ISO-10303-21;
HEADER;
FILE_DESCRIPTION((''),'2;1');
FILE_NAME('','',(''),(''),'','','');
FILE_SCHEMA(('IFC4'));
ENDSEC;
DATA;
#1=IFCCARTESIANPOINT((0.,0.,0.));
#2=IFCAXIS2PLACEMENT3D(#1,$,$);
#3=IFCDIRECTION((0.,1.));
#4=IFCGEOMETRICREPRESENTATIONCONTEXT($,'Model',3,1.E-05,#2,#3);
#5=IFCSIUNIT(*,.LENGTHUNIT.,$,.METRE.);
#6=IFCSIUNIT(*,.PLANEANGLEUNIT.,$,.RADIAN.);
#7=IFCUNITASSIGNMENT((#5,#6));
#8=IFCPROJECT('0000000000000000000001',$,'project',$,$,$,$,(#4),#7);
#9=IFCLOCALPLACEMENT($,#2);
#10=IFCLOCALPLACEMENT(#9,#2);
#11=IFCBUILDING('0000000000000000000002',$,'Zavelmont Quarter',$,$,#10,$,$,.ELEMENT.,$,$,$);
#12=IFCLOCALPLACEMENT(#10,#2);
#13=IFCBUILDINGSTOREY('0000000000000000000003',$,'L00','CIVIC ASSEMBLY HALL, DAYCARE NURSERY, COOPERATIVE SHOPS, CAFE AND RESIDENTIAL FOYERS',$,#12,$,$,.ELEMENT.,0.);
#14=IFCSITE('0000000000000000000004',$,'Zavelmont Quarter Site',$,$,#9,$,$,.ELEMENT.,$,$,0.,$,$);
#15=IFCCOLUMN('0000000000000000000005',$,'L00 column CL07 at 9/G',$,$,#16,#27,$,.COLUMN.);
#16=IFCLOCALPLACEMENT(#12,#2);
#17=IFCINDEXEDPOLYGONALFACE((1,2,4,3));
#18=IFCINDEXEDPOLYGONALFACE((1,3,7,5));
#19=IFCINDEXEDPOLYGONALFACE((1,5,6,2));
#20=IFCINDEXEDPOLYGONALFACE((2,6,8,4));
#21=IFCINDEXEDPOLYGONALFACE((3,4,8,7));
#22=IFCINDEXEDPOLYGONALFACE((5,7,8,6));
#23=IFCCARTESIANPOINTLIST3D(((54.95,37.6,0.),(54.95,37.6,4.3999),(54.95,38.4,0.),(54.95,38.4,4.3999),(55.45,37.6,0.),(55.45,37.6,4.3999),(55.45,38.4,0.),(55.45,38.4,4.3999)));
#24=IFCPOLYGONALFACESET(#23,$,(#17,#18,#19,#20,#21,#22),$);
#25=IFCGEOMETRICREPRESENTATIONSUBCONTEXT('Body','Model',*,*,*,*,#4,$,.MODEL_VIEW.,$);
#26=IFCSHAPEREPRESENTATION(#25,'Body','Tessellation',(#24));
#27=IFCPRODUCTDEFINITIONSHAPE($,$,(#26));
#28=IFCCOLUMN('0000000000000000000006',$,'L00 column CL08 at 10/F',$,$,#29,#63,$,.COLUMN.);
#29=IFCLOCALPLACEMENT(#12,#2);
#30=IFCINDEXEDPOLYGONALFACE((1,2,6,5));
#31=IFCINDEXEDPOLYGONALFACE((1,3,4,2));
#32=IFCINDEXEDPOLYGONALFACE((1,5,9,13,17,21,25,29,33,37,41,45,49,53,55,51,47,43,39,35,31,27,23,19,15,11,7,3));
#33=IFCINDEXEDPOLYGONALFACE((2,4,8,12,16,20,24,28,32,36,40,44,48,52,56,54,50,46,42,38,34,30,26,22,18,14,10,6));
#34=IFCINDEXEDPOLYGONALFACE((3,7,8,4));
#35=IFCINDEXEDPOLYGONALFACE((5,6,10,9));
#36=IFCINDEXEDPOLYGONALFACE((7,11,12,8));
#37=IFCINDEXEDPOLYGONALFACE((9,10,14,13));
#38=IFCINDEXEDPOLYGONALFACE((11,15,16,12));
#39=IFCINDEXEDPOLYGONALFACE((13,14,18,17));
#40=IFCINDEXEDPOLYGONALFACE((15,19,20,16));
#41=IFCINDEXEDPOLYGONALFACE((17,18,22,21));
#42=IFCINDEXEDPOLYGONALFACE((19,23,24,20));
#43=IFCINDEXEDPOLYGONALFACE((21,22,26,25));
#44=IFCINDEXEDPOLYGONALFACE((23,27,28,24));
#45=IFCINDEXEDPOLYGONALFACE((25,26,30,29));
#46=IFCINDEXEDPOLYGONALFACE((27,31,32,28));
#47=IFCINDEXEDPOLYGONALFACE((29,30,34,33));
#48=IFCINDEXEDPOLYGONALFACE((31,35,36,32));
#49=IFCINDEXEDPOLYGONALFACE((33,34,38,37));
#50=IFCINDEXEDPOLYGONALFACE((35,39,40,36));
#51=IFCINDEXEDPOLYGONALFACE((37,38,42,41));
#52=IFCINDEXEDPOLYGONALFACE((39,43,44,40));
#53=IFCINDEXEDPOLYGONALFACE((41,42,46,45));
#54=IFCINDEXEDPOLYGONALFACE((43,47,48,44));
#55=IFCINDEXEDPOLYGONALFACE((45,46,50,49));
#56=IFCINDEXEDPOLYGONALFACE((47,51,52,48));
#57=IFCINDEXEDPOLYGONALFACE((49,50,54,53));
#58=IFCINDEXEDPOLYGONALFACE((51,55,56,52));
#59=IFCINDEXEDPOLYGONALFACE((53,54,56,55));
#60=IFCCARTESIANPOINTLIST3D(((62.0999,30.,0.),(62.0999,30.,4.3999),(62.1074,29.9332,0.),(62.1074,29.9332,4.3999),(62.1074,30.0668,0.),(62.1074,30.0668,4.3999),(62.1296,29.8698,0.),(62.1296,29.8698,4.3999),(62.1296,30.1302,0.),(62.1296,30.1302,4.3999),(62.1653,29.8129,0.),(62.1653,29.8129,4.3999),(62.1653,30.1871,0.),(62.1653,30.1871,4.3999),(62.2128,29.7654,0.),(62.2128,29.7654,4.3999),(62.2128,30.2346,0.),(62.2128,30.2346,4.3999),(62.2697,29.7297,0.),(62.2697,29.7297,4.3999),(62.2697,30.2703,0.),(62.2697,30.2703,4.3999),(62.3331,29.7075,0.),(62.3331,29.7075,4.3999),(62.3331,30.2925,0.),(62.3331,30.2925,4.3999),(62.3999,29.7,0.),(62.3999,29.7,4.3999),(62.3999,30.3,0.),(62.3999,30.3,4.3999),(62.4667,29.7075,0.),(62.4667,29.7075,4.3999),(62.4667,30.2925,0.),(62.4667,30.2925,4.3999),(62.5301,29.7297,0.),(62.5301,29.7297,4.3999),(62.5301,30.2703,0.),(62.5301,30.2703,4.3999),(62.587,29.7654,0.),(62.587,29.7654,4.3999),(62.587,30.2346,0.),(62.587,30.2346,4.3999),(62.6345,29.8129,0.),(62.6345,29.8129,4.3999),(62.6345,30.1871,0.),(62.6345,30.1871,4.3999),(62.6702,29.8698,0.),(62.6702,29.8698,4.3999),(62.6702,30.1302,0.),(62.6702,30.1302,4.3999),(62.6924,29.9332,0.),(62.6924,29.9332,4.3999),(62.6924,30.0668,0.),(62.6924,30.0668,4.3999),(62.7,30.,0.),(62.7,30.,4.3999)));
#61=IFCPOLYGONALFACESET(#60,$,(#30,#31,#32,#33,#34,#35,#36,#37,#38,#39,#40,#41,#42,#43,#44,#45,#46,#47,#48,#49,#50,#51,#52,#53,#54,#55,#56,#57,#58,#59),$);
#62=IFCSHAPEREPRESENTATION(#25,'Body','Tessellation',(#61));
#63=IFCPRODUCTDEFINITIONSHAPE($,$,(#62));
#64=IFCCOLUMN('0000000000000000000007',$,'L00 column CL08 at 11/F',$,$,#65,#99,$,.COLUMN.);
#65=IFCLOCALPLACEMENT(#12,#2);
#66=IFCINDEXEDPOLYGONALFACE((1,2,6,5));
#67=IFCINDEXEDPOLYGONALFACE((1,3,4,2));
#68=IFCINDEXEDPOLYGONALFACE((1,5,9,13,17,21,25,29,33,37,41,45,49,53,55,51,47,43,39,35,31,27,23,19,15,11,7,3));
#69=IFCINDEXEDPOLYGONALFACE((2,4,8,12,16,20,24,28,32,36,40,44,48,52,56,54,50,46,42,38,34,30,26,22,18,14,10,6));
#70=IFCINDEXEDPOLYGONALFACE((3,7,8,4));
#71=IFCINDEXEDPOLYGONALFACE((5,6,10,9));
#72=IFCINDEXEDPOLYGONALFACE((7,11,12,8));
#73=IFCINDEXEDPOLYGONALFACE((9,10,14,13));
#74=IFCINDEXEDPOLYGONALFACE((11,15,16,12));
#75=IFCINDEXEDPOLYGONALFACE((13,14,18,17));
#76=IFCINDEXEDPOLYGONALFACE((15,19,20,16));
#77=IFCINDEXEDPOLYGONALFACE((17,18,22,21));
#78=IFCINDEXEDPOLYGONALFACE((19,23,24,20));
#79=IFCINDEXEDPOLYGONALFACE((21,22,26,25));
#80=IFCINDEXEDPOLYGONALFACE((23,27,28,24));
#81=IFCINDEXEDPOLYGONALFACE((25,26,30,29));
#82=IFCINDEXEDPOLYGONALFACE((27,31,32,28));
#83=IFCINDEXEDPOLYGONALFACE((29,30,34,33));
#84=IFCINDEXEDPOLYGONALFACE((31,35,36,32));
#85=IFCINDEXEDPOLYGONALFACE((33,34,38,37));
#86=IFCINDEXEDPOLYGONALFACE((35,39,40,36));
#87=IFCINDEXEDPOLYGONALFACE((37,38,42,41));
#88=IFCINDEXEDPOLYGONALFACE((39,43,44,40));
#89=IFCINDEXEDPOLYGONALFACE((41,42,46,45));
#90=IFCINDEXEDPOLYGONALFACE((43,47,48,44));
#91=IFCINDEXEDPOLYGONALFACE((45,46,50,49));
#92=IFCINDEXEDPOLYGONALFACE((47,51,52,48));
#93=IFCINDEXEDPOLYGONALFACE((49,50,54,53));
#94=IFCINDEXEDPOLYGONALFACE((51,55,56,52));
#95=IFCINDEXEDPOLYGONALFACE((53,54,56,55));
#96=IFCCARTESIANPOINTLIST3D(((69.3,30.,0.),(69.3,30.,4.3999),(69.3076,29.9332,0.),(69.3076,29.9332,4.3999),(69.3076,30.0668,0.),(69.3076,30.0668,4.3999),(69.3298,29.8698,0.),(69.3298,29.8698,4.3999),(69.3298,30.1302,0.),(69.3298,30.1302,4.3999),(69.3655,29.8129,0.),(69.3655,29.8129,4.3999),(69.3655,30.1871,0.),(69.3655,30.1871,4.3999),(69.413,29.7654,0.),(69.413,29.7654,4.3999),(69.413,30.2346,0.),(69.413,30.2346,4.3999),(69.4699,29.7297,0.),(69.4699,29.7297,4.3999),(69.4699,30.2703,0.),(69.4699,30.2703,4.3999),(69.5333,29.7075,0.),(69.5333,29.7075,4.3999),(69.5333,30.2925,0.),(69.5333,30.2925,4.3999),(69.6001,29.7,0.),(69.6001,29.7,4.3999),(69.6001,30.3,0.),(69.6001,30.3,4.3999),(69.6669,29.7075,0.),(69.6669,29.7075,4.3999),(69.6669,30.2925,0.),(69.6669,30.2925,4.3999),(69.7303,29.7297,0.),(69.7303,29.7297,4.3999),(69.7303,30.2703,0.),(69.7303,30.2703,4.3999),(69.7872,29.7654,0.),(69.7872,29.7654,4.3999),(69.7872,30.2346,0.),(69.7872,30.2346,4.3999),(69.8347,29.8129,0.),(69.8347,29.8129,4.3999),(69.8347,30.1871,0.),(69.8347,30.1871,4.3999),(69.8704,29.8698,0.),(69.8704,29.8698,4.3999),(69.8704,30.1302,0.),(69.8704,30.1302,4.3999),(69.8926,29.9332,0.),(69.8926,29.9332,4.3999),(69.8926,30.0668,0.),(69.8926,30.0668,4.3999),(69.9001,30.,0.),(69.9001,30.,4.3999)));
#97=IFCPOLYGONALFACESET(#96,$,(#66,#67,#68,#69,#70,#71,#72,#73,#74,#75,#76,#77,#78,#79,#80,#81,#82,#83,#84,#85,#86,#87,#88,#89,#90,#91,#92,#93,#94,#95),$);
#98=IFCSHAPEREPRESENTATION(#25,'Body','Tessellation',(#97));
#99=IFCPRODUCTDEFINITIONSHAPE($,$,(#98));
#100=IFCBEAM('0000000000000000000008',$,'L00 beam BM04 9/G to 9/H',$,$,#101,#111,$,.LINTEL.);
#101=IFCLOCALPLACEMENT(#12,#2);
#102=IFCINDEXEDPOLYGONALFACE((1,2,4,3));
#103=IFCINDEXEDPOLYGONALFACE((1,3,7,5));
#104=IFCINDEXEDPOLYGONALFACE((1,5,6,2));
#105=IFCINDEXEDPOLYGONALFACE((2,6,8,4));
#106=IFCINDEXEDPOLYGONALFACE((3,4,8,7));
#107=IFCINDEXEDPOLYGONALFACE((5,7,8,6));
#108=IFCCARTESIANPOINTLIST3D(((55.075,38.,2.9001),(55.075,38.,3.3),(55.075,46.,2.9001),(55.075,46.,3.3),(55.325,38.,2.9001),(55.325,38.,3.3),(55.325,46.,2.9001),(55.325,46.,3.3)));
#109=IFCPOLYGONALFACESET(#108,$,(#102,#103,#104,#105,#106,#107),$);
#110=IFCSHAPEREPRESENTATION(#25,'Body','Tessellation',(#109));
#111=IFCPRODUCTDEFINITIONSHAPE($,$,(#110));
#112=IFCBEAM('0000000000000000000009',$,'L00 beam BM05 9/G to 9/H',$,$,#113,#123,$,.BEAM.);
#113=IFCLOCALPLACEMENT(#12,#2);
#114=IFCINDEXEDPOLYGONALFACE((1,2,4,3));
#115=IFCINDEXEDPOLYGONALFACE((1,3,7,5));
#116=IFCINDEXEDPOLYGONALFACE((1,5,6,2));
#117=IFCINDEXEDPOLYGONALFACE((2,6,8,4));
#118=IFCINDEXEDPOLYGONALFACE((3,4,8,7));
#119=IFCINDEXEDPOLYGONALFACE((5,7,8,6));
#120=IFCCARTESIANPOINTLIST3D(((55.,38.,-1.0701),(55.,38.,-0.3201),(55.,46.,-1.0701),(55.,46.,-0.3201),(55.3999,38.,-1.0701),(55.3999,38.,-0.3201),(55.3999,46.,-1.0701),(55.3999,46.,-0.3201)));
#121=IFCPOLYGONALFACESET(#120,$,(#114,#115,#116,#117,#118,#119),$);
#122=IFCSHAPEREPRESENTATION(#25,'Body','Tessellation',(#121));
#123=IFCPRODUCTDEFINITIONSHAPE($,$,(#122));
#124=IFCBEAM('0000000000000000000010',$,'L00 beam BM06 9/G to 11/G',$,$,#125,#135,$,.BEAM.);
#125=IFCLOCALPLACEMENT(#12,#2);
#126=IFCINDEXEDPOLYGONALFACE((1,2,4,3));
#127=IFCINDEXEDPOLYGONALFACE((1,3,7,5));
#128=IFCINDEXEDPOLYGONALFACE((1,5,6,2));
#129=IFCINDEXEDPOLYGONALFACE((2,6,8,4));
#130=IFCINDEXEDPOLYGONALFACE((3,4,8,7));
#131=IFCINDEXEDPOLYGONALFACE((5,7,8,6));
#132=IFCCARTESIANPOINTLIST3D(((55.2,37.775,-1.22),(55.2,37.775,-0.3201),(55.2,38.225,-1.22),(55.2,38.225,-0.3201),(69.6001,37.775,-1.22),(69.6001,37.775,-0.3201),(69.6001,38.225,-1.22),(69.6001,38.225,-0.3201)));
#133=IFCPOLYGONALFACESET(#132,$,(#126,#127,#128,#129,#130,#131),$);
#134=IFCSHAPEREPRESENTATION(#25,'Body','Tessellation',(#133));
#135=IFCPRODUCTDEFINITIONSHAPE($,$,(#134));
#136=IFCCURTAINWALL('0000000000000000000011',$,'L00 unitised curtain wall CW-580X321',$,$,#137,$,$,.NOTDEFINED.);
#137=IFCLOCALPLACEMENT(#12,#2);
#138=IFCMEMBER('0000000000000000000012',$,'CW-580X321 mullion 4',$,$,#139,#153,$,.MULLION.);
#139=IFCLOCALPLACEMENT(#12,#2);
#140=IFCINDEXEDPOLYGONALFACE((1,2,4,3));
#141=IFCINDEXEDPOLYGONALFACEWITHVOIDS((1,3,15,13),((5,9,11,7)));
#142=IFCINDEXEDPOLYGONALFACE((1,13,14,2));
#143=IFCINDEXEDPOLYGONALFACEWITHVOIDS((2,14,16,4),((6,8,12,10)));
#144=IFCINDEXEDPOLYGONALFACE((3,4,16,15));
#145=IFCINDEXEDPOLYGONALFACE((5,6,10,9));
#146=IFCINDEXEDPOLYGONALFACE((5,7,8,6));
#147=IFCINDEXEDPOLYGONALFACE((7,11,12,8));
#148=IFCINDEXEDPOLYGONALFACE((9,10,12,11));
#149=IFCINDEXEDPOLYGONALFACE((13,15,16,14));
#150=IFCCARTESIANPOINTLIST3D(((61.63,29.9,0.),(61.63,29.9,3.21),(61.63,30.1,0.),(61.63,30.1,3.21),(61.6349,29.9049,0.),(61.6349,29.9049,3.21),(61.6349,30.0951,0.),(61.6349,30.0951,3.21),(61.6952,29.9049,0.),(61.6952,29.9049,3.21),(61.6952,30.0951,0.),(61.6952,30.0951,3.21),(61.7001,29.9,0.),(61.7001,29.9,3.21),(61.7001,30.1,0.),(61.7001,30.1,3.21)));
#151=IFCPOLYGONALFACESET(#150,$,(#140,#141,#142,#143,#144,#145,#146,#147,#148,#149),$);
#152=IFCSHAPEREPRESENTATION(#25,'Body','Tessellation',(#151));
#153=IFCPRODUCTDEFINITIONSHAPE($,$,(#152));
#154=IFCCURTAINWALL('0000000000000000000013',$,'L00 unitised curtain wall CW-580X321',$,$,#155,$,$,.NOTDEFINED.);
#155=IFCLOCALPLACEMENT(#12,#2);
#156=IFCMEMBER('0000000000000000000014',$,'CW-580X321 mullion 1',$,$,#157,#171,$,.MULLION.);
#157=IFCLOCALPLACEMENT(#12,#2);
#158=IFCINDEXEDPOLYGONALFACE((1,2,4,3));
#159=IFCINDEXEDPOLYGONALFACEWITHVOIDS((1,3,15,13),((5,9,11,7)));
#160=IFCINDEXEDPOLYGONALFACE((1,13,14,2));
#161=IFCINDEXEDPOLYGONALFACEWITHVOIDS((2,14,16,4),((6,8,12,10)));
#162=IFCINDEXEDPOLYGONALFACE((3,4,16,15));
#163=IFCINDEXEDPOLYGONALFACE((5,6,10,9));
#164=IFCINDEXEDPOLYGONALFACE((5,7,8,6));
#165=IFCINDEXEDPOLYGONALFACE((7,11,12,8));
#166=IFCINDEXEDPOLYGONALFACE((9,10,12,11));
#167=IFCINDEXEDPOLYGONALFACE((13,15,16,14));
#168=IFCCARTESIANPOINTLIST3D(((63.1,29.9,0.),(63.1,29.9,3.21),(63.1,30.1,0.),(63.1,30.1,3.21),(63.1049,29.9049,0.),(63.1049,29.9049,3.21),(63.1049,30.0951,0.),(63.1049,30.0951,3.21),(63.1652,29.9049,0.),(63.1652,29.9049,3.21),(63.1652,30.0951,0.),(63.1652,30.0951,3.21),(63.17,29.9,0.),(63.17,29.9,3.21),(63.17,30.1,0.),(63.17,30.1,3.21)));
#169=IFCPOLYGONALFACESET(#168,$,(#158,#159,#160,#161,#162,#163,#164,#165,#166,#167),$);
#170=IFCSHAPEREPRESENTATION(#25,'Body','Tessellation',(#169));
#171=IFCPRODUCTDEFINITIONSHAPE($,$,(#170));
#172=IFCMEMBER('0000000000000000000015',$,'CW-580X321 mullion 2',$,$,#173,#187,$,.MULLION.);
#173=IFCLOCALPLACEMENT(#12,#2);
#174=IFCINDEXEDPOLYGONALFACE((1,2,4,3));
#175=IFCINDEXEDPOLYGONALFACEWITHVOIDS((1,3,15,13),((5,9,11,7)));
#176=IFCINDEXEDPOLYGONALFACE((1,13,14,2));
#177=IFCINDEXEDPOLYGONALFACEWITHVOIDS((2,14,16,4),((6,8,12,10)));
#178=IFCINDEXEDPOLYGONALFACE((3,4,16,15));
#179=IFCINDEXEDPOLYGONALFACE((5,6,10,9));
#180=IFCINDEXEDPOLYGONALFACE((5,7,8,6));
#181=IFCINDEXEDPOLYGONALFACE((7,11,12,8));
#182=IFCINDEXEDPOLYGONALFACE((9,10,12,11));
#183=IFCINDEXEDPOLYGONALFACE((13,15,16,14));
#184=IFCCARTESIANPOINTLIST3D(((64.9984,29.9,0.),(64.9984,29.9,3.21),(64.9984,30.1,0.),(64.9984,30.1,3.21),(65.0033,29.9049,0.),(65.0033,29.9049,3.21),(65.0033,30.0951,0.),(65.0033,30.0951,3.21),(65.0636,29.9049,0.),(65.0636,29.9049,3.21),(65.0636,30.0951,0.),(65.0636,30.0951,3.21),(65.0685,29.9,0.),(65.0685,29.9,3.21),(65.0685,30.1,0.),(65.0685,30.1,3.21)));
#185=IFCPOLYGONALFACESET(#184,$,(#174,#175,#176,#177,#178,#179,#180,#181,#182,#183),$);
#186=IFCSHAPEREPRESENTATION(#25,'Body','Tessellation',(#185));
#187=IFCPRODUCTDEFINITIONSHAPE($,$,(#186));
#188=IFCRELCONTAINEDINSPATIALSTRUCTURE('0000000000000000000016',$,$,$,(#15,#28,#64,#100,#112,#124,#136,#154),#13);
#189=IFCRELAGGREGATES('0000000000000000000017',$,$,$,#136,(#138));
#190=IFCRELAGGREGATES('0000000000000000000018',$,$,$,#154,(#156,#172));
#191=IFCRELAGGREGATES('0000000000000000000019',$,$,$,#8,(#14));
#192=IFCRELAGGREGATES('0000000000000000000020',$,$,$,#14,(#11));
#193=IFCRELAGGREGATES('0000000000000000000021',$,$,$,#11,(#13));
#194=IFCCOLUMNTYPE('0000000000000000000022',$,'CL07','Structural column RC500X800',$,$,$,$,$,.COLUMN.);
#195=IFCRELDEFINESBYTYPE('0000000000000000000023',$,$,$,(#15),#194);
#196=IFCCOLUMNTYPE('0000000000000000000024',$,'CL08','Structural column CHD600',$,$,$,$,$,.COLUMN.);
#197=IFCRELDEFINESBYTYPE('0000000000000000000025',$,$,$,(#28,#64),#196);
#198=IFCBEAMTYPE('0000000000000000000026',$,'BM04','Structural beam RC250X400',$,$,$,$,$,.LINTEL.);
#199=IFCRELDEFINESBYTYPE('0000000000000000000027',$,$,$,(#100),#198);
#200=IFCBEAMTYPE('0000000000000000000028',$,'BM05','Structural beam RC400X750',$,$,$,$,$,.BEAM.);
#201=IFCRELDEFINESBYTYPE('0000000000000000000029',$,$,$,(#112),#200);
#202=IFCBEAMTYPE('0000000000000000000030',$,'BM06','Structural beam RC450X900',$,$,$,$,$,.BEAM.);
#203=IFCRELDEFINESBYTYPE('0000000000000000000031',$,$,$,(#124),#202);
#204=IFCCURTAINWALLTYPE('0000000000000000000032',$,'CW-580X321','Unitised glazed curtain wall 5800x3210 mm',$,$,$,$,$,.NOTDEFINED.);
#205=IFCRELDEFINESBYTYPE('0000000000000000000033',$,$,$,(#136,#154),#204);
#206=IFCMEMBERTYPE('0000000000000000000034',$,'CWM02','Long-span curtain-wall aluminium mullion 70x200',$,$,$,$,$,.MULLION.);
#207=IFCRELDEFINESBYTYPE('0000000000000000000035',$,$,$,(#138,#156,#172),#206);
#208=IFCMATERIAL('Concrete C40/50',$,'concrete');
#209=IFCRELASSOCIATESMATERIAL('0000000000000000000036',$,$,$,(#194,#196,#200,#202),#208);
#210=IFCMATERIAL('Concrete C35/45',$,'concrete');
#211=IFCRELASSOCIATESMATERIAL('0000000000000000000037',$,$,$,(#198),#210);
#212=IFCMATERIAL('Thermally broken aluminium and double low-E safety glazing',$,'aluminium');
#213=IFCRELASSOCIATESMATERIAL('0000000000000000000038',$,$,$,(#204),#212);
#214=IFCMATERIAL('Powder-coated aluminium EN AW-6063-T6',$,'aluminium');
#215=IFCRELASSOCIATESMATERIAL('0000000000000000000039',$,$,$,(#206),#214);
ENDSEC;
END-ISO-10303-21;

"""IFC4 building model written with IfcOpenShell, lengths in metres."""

from ifc_helpers import new_model, si_unit, direction, frame, origin, origin_2d, place, context, subcontext, project, spatial, rectangle, hollow_rectangle, circle, extrude, material, material_profile, profile_set, type_object, element, aggregate, save


model = new_model("IFC4")

# Units and contexts
model_context = context("Model", 3, precision=1e-05, world=origin(), true_north=direction((0.0, 1.0)))
body_context = subcontext(model_context, "Body", "Model", "MODEL_VIEW")
ifc_project = project(units=[si_unit("LENGTHUNIT", "METRE"), si_unit("PLANEANGLEUNIT", "RADIAN")], contexts=[model_context])

# Site, building, storey
site_placement = place(None, origin())
site = spatial("IfcSite", under=ifc_project, at=site_placement, Name="Zavelmont Quarter Site", CompositionType="ELEMENT", RefElevation=0.0)
building_placement = place(site_placement, origin())
building = spatial("IfcBuilding", under=site, at=building_placement, Name="Zavelmont Quarter", CompositionType="ELEMENT")
storey_placement = place(building_placement, origin())
storey = spatial("IfcBuildingStorey", under=building, at=storey_placement, Name="L00", Description="CIVIC ASSEMBLY HALL, DAYCARE NURSERY, COOPERATIVE SHOPS, CAFE AND RESIDENTIAL FOYERS", CompositionType="ELEMENT", Elevation=0.0)

# Columns
ifc_material_1 = material(Name="Concrete C40/50", Category="concrete")
ifc_material_profile_1 = material_profile(ifc_material_1, rectangle(XDim=0.5, YDim=0.8, at=origin_2d()), Name="RC500X800")
ifc_profile_set_1 = profile_set([ifc_material_profile_1], Name="Concrete C40/50")
column_type_1 = type_object("IfcColumnType", Name="CL07", Description="Structural column RC500X800", PredefinedType="COLUMN", material=ifc_profile_set_1)
column_placement = place(storey_placement, frame((55.2, 38.0, 0.0), z_axis=(0.0, 0.0, 1.0), x_axis=(1.0, 0.0, 0.0)))
element("IfcColumn", 1, at=column_placement, inside=storey, type_object=column_type_1, Name="L00 column CL07 at 9/G", PredefinedType="COLUMN", context=body_context, shape_type="SweptSolid", body=[
    extrude(rectangle(XDim=0.5, YDim=0.8, at=origin_2d()), origin(), (0.0, 0.0, 1.0), 4.3999),
])
ifc_material_profile_2 = material_profile(ifc_material_1, circle(Radius=0.3, at=origin_2d()), Name="CHD600")
ifc_profile_set_2 = profile_set([ifc_material_profile_2], Name="Concrete C40/50")
column_type_2 = type_object("IfcColumnType", Name="CL08", Description="Structural column CHD600", PredefinedType="COLUMN", material=ifc_profile_set_2)
for number, where, z_axis, x_axis, name in (
    (2, (62.3999, 30.0, 0.0), (0.0, 0.0, 1.0), (1.0, 0.0, 0.0), "L00 column CL08 at 10/F"),
    (3, (69.6001, 30.0, 0.0), (0.0, 0.0, 1.0), (1.0, 0.0, 0.0), "L00 column CL08 at 11/F"),
):
    element("IfcColumn", number, at=place(storey_placement, frame(where, z_axis=z_axis, x_axis=x_axis)), inside=storey, type_object=column_type_2, Name=name, PredefinedType="COLUMN", context=body_context, shape_type="SweptSolid", body=[
        extrude(circle(Radius=0.3, at=origin_2d()), origin(), (0.0, 0.0, 1.0), 4.3999),
    ])

# Beams
ifc_material_2 = material(Name="Concrete C35/45", Category="concrete")
ifc_material_profile_3 = material_profile(ifc_material_2, rectangle(XDim=0.25, YDim=0.3999, at=origin_2d()), Name="RC250X400")
ifc_profile_set_3 = profile_set([ifc_material_profile_3], Name="Concrete C35/45")
beam_type_1 = type_object("IfcBeamType", Name="BM04", Description="Structural beam RC250X400", PredefinedType="LINTEL", material=ifc_profile_set_3)
beam_1_placement = place(storey_placement, frame((55.2, 38.0, 3.1001), z_axis=(0.0, 1.0, 0.0), x_axis=(-1.0, 0.0, 0.0)))
element("IfcBeam", 4, at=beam_1_placement, inside=storey, type_object=beam_type_1, Name="L00 beam BM04 9/G to 9/H", PredefinedType="LINTEL", context=body_context, shape_type="SweptSolid", body=[
    extrude(rectangle(XDim=0.25, YDim=0.3999, at=origin_2d()), origin(), (0.0, 0.0, 1.0), 8.0),
])
ifc_material_profile_4 = material_profile(ifc_material_1, rectangle(XDim=0.3999, YDim=0.75, at=origin_2d()), Name="RC400X750")
ifc_profile_set_4 = profile_set([ifc_material_profile_4], Name="Concrete C40/50")
beam_type_2 = type_object("IfcBeamType", Name="BM05", Description="Structural beam RC400X750", PredefinedType="BEAM", material=ifc_profile_set_4)
beam_2_placement = place(storey_placement, frame((55.2, 38.0, -0.6951), z_axis=(0.0, 1.0, 0.0), x_axis=(-1.0, 0.0, 0.0)))
element("IfcBeam", 5, at=beam_2_placement, inside=storey, type_object=beam_type_2, Name="L00 beam BM05 9/G to 9/H", PredefinedType="BEAM", context=body_context, shape_type="SweptSolid", body=[
    extrude(rectangle(XDim=0.3999, YDim=0.75, at=origin_2d()), origin(), (0.0, 0.0, 1.0), 8.0),
])
ifc_material_profile_5 = material_profile(ifc_material_1, rectangle(XDim=0.45, YDim=0.8999, at=origin_2d()), Name="RC450X900")
ifc_profile_set_5 = profile_set([ifc_material_profile_5], Name="Concrete C40/50")
beam_type_3 = type_object("IfcBeamType", Name="BM06", Description="Structural beam RC450X900", PredefinedType="BEAM", material=ifc_profile_set_5)
beam_3_placement = place(storey_placement, frame((55.2, 38.0, -0.77), z_axis=(1.0, 0.0, 0.0), x_axis=(0.0, 1.0, 0.0)))
element("IfcBeam", 6, at=beam_3_placement, inside=storey, type_object=beam_type_3, Name="L00 beam BM06 9/G to 11/G", PredefinedType="BEAM", context=body_context, shape_type="SweptSolid", body=[
    extrude(rectangle(XDim=0.45, YDim=0.8999, at=origin_2d()), origin(), (0.0, 0.0, 1.0), 14.4001),
])

# Curtain wall, member
ifc_material_3 = material(Name="Thermally broken aluminium and double low-E safety glazing", Category="aluminium")
curtain_wall_type = type_object("IfcCurtainWallType", Name="CW-580X321", Description="Unitised glazed curtain wall 5800x3210 mm", PredefinedType="NOTDEFINED", material=ifc_material_3)
curtain_wall_1_placement = place(storey_placement, origin())
curtain_wall_1 = element("IfcCurtainWall", 7, at=curtain_wall_1_placement, inside=storey, type_object=curtain_wall_type, Name="L00 unitised curtain wall CW-580X321", PredefinedType="NOTDEFINED")
ifc_material_4 = material(Name="Powder-coated aluminium EN AW-6063-T6", Category="aluminium")
ifc_material_profile_6 = material_profile(ifc_material_4, hollow_rectangle(XDim=0.0701, YDim=0.2, WallThickness=0.0049, at=origin_2d()), Name="CWM70X200")
ifc_profile_set_6 = profile_set([ifc_material_profile_6], Name="Powder-coated aluminium EN AW-6063-T6")
member_type_1 = type_object("IfcMemberType", Name="CWM02", Description="Long-span curtain-wall aluminium mullion 70x200", PredefinedType="MULLION", material=ifc_profile_set_6)
member_1_placement = place(storey_placement, frame((61.665, 30.0, 0.0), z_axis=(0.0, 0.0, 1.0), x_axis=(1.0, 0.0, 0.0)))
member_1 = element("IfcMember", 8, at=member_1_placement, type_object=member_type_1, Name="CW-580X321 mullion 4", PredefinedType="MULLION", context=body_context, shape_type="SweptSolid", body=[
    extrude(hollow_rectangle(XDim=0.0701, YDim=0.2, WallThickness=0.0049, at=origin_2d()), origin(), (0.0, 0.0, 1.0), 3.21),
])
aggregate(curtain_wall_1, [member_1])

# Curtain wall, members
curtain_wall_2_placement = place(storey_placement, origin())
curtain_wall_2 = element("IfcCurtainWall", 9, at=curtain_wall_2_placement, inside=storey, type_object=curtain_wall_type, Name="L00 unitised curtain wall CW-580X321", PredefinedType="NOTDEFINED")
member_2_placement = place(storey_placement, frame((63.135, 30.0, 0.0), z_axis=(0.0, 0.0, 1.0), x_axis=(1.0, 0.0, 0.0)))
member_2 = element("IfcMember", 10, at=member_2_placement, type_object=member_type_1, Name="CW-580X321 mullion 1", PredefinedType="MULLION", context=body_context, shape_type="SweptSolid", body=[
    extrude(hollow_rectangle(XDim=0.0701, YDim=0.2, WallThickness=0.0049, at=origin_2d()), origin(), (0.0, 0.0, 1.0), 3.21),
])
member_3_placement = place(storey_placement, frame((65.0334, 30.0, 0.0), z_axis=(0.0, 0.0, 1.0), x_axis=(1.0, 0.0, 0.0)))
member_3 = element("IfcMember", 11, at=member_3_placement, type_object=member_type_1, Name="CW-580X321 mullion 2", PredefinedType="MULLION", context=body_context, shape_type="SweptSolid", body=[
    extrude(hollow_rectangle(XDim=0.0701, YDim=0.2, WallThickness=0.0049, at=origin_2d()), origin(), (0.0, 0.0, 1.0), 3.21),
])
aggregate(curtain_wall_2, [member_2, member_3])

save(model, "model.ifc")
